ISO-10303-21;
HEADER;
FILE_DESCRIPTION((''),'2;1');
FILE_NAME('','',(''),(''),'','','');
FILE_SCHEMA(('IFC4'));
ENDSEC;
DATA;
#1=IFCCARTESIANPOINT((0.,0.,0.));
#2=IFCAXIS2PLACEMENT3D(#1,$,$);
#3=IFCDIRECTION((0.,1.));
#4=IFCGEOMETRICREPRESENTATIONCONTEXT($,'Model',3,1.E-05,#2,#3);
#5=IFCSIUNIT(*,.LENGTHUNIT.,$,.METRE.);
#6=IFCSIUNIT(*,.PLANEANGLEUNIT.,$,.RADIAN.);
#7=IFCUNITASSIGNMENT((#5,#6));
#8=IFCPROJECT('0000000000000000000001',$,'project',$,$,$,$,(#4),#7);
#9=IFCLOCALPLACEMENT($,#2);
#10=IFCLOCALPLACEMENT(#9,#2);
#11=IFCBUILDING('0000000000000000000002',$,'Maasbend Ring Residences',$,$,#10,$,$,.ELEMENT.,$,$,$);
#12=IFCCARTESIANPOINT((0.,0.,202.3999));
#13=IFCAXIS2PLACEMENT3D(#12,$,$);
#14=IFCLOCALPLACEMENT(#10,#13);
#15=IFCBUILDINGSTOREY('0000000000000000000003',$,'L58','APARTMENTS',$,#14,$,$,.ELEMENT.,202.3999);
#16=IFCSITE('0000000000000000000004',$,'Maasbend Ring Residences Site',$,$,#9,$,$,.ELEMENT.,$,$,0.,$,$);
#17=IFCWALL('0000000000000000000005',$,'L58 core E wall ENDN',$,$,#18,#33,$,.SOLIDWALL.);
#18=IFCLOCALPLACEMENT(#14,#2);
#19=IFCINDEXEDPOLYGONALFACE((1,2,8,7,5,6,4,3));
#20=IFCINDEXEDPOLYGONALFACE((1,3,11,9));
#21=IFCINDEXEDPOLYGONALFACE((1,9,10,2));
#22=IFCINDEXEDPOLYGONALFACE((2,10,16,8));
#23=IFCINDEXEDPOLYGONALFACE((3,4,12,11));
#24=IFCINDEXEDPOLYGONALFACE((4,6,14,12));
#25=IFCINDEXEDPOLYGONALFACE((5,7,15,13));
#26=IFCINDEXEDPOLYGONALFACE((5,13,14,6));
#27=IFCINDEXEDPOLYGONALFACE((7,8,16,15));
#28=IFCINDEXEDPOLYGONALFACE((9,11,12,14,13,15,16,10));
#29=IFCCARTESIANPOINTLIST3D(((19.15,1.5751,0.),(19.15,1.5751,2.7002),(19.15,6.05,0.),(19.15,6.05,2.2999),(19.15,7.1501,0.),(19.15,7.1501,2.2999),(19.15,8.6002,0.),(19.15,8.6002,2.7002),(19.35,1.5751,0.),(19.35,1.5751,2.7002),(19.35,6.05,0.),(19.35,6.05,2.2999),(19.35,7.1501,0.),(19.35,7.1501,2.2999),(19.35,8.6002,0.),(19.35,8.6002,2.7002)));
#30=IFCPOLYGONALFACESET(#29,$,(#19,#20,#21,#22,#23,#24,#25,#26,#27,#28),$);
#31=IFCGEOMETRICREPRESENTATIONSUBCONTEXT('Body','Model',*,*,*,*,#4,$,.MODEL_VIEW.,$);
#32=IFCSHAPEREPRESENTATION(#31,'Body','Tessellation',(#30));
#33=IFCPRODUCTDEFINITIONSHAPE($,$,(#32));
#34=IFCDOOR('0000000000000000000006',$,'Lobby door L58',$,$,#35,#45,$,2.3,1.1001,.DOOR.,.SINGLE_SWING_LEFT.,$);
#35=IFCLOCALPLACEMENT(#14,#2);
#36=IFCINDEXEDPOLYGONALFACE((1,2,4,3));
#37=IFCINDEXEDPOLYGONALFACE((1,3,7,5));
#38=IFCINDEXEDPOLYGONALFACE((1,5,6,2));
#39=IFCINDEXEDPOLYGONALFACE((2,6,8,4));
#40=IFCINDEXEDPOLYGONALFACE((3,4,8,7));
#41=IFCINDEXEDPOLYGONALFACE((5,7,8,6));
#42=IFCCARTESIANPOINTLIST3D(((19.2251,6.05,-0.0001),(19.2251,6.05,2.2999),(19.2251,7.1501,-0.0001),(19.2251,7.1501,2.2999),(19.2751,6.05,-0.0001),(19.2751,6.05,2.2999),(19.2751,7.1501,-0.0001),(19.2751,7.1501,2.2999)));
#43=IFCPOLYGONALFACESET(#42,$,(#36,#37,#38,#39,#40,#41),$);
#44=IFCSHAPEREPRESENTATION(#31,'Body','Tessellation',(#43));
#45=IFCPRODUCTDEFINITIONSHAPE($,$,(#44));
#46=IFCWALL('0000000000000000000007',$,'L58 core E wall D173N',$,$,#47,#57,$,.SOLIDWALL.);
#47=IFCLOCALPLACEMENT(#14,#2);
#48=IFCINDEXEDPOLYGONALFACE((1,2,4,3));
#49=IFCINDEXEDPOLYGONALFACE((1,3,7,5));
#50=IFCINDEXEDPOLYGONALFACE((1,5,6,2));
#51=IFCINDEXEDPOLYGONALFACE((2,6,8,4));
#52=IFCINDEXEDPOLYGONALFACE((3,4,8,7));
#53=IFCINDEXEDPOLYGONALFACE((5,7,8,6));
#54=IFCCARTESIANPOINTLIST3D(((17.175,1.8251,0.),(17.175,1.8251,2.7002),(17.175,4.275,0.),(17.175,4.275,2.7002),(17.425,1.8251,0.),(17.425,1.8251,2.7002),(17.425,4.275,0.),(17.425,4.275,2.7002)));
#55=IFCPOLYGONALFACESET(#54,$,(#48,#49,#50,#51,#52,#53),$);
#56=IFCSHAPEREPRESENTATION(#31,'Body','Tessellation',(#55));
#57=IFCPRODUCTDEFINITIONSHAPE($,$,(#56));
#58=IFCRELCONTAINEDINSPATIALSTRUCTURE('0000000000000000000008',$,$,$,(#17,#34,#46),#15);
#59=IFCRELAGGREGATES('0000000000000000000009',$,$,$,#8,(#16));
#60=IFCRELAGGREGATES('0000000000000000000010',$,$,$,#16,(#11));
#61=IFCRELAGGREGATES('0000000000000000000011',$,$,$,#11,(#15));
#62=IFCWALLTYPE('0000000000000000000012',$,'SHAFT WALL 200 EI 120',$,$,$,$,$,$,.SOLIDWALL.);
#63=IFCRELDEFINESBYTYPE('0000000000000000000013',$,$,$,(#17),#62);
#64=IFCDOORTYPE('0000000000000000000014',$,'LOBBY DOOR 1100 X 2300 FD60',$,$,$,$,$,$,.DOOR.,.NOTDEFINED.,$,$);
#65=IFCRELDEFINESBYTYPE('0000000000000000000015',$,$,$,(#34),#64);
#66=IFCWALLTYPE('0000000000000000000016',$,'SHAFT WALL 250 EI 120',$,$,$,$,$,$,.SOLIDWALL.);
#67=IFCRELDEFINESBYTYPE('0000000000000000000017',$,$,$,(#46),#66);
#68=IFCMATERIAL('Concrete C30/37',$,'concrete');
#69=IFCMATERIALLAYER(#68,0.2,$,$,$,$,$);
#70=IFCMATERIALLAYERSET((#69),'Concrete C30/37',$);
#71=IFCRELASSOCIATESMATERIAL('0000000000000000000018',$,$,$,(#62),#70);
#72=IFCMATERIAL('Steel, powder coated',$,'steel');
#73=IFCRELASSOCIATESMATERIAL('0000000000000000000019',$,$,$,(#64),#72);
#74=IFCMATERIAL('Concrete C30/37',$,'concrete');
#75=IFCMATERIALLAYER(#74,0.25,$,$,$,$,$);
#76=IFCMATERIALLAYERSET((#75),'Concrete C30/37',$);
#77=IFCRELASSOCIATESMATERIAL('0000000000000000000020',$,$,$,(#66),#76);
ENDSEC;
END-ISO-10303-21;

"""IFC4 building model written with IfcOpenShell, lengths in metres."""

from ifc_helpers import new_model, si_unit, direction, frame, frame_2d, origin, place, context, subcontext, project, spatial, rectangle, extrude, material, layer, layer_set, type_object, element, fill, save


model = new_model("IFC4")

# Units and contexts
model_context = context("Model", 3, precision=1e-05, world=origin(), true_north=direction((0.0, 1.0)))
body_context = subcontext(model_context, "Body", "Model", "MODEL_VIEW")
ifc_project = project(units=[si_unit("LENGTHUNIT", "METRE"), si_unit("PLANEANGLEUNIT", "RADIAN")], contexts=[model_context])

# Site, building, storey
site_placement = place(None, origin())
site = spatial("IfcSite", under=ifc_project, at=site_placement, Name="Maasbend Ring Residences Site", CompositionType="ELEMENT", RefElevation=0.0)
building_placement = place(site_placement, origin())
building = spatial("IfcBuilding", under=site, at=building_placement, Name="Maasbend Ring Residences", CompositionType="ELEMENT")
storey_placement = place(building_placement, frame((0.0, 0.0, 202.3999)))
storey = spatial("IfcBuildingStorey", under=building, at=storey_placement, Name="L58", Description="APARTMENTS", CompositionType="ELEMENT", Elevation=202.3999)

# Wall, opening, door
ifc_material_1 = material(Name="Concrete C30/37", Category="concrete")
ifc_layer_1 = layer(ifc_material_1, 0.2)
ifc_layer_set_1 = layer_set([ifc_layer_1], Name="Concrete C30/37")
wall_type_1 = type_object("IfcWallType", Name="SHAFT WALL 200 EI 120", PredefinedType="SOLIDWALL", material=ifc_layer_set_1)
wall_1_placement = place(storey_placement, frame((19.25, 1.575, 0.0), z_axis=(0.0, 0.0, 1.0), x_axis=(0.0, 1.0, 0.0)))
wall_1 = element("IfcWall", 1, at=wall_1_placement, inside=storey, type_object=wall_type_1, Name="L58 core E wall ENDN", PredefinedType="SOLIDWALL", context=body_context, shape_type="SweptSolid", body=[
    extrude(rectangle(XDim=7.0251, YDim=0.2, at=frame_2d((3.5127, 0.0))), origin(), (0.0, 0.0, 1.0), 2.7002),
])
opening_1_placement = place(wall_1_placement, frame((4.4751, 0.0, 0.0)))
opening_1 = element("IfcOpeningElement", 2, at=opening_1_placement, cuts=wall_1, PredefinedType="OPENING", context=body_context, shape_type="SweptSolid", body=[
    extrude(rectangle(XDim=1.1001, YDim=2.3, at=frame_2d((0.55, 1.1499))), frame((0.0, 0.1099, 0.0), z_axis=(0.0, -1.0, 0.0), x_axis=(1.0, 0.0, 0.0)), (0.0, 0.0, 1.0), 0.22),
])
ifc_material_2 = material(Name="Steel, powder coated", Category="steel")
door_type_1 = type_object("IfcDoorType", Name="LOBBY DOOR 1100 X 2300 FD60", OperationType="NOTDEFINED", PredefinedType="DOOR", material=ifc_material_2)
door_1_placement = place(opening_1_placement, origin())
door_1 = element("IfcDoor", 3, at=door_1_placement, inside=storey, type_object=door_type_1, Name="Lobby door L58", OperationType="SINGLE_SWING_LEFT", OverallHeight=2.3, OverallWidth=1.1001, PredefinedType="DOOR", context=body_context, shape_type="SweptSolid", body=[
    extrude(rectangle(XDim=1.1001, YDim=2.3, at=frame_2d((0.55, 1.1499))), frame((0.0, 0.0249, 0.0), z_axis=(0.0, -1.0, 0.0), x_axis=(1.0, 0.0, 0.0)), (0.0, 0.0, 1.0), 0.05),
])
fill(opening_1, door_1)

# Wall
ifc_material_3 = material(Name="Concrete C30/37", Category="concrete")
ifc_layer_2 = layer(ifc_material_3, 0.25)
ifc_layer_set_2 = layer_set([ifc_layer_2], Name="Concrete C30/37")
wall_type_2 = type_object("IfcWallType", Name="SHAFT WALL 250 EI 120", PredefinedType="SOLIDWALL", material=ifc_layer_set_2)
wall_2_placement = place(storey_placement, frame((17.3, 1.825, 0.0), z_axis=(0.0, 0.0, 1.0), x_axis=(0.0, 1.0, 0.0)))
element("IfcWall", 4, at=wall_2_placement, inside=storey, type_object=wall_type_2, Name="L58 core E wall D173N", PredefinedType="SOLIDWALL", context=body_context, shape_type="SweptSolid", body=[
    extrude(rectangle(XDim=2.45, YDim=0.25, at=frame_2d((1.2251, 0.0))), origin(), (0.0, 0.0, 1.0), 2.7002),
])

save(model, "model.ifc")
